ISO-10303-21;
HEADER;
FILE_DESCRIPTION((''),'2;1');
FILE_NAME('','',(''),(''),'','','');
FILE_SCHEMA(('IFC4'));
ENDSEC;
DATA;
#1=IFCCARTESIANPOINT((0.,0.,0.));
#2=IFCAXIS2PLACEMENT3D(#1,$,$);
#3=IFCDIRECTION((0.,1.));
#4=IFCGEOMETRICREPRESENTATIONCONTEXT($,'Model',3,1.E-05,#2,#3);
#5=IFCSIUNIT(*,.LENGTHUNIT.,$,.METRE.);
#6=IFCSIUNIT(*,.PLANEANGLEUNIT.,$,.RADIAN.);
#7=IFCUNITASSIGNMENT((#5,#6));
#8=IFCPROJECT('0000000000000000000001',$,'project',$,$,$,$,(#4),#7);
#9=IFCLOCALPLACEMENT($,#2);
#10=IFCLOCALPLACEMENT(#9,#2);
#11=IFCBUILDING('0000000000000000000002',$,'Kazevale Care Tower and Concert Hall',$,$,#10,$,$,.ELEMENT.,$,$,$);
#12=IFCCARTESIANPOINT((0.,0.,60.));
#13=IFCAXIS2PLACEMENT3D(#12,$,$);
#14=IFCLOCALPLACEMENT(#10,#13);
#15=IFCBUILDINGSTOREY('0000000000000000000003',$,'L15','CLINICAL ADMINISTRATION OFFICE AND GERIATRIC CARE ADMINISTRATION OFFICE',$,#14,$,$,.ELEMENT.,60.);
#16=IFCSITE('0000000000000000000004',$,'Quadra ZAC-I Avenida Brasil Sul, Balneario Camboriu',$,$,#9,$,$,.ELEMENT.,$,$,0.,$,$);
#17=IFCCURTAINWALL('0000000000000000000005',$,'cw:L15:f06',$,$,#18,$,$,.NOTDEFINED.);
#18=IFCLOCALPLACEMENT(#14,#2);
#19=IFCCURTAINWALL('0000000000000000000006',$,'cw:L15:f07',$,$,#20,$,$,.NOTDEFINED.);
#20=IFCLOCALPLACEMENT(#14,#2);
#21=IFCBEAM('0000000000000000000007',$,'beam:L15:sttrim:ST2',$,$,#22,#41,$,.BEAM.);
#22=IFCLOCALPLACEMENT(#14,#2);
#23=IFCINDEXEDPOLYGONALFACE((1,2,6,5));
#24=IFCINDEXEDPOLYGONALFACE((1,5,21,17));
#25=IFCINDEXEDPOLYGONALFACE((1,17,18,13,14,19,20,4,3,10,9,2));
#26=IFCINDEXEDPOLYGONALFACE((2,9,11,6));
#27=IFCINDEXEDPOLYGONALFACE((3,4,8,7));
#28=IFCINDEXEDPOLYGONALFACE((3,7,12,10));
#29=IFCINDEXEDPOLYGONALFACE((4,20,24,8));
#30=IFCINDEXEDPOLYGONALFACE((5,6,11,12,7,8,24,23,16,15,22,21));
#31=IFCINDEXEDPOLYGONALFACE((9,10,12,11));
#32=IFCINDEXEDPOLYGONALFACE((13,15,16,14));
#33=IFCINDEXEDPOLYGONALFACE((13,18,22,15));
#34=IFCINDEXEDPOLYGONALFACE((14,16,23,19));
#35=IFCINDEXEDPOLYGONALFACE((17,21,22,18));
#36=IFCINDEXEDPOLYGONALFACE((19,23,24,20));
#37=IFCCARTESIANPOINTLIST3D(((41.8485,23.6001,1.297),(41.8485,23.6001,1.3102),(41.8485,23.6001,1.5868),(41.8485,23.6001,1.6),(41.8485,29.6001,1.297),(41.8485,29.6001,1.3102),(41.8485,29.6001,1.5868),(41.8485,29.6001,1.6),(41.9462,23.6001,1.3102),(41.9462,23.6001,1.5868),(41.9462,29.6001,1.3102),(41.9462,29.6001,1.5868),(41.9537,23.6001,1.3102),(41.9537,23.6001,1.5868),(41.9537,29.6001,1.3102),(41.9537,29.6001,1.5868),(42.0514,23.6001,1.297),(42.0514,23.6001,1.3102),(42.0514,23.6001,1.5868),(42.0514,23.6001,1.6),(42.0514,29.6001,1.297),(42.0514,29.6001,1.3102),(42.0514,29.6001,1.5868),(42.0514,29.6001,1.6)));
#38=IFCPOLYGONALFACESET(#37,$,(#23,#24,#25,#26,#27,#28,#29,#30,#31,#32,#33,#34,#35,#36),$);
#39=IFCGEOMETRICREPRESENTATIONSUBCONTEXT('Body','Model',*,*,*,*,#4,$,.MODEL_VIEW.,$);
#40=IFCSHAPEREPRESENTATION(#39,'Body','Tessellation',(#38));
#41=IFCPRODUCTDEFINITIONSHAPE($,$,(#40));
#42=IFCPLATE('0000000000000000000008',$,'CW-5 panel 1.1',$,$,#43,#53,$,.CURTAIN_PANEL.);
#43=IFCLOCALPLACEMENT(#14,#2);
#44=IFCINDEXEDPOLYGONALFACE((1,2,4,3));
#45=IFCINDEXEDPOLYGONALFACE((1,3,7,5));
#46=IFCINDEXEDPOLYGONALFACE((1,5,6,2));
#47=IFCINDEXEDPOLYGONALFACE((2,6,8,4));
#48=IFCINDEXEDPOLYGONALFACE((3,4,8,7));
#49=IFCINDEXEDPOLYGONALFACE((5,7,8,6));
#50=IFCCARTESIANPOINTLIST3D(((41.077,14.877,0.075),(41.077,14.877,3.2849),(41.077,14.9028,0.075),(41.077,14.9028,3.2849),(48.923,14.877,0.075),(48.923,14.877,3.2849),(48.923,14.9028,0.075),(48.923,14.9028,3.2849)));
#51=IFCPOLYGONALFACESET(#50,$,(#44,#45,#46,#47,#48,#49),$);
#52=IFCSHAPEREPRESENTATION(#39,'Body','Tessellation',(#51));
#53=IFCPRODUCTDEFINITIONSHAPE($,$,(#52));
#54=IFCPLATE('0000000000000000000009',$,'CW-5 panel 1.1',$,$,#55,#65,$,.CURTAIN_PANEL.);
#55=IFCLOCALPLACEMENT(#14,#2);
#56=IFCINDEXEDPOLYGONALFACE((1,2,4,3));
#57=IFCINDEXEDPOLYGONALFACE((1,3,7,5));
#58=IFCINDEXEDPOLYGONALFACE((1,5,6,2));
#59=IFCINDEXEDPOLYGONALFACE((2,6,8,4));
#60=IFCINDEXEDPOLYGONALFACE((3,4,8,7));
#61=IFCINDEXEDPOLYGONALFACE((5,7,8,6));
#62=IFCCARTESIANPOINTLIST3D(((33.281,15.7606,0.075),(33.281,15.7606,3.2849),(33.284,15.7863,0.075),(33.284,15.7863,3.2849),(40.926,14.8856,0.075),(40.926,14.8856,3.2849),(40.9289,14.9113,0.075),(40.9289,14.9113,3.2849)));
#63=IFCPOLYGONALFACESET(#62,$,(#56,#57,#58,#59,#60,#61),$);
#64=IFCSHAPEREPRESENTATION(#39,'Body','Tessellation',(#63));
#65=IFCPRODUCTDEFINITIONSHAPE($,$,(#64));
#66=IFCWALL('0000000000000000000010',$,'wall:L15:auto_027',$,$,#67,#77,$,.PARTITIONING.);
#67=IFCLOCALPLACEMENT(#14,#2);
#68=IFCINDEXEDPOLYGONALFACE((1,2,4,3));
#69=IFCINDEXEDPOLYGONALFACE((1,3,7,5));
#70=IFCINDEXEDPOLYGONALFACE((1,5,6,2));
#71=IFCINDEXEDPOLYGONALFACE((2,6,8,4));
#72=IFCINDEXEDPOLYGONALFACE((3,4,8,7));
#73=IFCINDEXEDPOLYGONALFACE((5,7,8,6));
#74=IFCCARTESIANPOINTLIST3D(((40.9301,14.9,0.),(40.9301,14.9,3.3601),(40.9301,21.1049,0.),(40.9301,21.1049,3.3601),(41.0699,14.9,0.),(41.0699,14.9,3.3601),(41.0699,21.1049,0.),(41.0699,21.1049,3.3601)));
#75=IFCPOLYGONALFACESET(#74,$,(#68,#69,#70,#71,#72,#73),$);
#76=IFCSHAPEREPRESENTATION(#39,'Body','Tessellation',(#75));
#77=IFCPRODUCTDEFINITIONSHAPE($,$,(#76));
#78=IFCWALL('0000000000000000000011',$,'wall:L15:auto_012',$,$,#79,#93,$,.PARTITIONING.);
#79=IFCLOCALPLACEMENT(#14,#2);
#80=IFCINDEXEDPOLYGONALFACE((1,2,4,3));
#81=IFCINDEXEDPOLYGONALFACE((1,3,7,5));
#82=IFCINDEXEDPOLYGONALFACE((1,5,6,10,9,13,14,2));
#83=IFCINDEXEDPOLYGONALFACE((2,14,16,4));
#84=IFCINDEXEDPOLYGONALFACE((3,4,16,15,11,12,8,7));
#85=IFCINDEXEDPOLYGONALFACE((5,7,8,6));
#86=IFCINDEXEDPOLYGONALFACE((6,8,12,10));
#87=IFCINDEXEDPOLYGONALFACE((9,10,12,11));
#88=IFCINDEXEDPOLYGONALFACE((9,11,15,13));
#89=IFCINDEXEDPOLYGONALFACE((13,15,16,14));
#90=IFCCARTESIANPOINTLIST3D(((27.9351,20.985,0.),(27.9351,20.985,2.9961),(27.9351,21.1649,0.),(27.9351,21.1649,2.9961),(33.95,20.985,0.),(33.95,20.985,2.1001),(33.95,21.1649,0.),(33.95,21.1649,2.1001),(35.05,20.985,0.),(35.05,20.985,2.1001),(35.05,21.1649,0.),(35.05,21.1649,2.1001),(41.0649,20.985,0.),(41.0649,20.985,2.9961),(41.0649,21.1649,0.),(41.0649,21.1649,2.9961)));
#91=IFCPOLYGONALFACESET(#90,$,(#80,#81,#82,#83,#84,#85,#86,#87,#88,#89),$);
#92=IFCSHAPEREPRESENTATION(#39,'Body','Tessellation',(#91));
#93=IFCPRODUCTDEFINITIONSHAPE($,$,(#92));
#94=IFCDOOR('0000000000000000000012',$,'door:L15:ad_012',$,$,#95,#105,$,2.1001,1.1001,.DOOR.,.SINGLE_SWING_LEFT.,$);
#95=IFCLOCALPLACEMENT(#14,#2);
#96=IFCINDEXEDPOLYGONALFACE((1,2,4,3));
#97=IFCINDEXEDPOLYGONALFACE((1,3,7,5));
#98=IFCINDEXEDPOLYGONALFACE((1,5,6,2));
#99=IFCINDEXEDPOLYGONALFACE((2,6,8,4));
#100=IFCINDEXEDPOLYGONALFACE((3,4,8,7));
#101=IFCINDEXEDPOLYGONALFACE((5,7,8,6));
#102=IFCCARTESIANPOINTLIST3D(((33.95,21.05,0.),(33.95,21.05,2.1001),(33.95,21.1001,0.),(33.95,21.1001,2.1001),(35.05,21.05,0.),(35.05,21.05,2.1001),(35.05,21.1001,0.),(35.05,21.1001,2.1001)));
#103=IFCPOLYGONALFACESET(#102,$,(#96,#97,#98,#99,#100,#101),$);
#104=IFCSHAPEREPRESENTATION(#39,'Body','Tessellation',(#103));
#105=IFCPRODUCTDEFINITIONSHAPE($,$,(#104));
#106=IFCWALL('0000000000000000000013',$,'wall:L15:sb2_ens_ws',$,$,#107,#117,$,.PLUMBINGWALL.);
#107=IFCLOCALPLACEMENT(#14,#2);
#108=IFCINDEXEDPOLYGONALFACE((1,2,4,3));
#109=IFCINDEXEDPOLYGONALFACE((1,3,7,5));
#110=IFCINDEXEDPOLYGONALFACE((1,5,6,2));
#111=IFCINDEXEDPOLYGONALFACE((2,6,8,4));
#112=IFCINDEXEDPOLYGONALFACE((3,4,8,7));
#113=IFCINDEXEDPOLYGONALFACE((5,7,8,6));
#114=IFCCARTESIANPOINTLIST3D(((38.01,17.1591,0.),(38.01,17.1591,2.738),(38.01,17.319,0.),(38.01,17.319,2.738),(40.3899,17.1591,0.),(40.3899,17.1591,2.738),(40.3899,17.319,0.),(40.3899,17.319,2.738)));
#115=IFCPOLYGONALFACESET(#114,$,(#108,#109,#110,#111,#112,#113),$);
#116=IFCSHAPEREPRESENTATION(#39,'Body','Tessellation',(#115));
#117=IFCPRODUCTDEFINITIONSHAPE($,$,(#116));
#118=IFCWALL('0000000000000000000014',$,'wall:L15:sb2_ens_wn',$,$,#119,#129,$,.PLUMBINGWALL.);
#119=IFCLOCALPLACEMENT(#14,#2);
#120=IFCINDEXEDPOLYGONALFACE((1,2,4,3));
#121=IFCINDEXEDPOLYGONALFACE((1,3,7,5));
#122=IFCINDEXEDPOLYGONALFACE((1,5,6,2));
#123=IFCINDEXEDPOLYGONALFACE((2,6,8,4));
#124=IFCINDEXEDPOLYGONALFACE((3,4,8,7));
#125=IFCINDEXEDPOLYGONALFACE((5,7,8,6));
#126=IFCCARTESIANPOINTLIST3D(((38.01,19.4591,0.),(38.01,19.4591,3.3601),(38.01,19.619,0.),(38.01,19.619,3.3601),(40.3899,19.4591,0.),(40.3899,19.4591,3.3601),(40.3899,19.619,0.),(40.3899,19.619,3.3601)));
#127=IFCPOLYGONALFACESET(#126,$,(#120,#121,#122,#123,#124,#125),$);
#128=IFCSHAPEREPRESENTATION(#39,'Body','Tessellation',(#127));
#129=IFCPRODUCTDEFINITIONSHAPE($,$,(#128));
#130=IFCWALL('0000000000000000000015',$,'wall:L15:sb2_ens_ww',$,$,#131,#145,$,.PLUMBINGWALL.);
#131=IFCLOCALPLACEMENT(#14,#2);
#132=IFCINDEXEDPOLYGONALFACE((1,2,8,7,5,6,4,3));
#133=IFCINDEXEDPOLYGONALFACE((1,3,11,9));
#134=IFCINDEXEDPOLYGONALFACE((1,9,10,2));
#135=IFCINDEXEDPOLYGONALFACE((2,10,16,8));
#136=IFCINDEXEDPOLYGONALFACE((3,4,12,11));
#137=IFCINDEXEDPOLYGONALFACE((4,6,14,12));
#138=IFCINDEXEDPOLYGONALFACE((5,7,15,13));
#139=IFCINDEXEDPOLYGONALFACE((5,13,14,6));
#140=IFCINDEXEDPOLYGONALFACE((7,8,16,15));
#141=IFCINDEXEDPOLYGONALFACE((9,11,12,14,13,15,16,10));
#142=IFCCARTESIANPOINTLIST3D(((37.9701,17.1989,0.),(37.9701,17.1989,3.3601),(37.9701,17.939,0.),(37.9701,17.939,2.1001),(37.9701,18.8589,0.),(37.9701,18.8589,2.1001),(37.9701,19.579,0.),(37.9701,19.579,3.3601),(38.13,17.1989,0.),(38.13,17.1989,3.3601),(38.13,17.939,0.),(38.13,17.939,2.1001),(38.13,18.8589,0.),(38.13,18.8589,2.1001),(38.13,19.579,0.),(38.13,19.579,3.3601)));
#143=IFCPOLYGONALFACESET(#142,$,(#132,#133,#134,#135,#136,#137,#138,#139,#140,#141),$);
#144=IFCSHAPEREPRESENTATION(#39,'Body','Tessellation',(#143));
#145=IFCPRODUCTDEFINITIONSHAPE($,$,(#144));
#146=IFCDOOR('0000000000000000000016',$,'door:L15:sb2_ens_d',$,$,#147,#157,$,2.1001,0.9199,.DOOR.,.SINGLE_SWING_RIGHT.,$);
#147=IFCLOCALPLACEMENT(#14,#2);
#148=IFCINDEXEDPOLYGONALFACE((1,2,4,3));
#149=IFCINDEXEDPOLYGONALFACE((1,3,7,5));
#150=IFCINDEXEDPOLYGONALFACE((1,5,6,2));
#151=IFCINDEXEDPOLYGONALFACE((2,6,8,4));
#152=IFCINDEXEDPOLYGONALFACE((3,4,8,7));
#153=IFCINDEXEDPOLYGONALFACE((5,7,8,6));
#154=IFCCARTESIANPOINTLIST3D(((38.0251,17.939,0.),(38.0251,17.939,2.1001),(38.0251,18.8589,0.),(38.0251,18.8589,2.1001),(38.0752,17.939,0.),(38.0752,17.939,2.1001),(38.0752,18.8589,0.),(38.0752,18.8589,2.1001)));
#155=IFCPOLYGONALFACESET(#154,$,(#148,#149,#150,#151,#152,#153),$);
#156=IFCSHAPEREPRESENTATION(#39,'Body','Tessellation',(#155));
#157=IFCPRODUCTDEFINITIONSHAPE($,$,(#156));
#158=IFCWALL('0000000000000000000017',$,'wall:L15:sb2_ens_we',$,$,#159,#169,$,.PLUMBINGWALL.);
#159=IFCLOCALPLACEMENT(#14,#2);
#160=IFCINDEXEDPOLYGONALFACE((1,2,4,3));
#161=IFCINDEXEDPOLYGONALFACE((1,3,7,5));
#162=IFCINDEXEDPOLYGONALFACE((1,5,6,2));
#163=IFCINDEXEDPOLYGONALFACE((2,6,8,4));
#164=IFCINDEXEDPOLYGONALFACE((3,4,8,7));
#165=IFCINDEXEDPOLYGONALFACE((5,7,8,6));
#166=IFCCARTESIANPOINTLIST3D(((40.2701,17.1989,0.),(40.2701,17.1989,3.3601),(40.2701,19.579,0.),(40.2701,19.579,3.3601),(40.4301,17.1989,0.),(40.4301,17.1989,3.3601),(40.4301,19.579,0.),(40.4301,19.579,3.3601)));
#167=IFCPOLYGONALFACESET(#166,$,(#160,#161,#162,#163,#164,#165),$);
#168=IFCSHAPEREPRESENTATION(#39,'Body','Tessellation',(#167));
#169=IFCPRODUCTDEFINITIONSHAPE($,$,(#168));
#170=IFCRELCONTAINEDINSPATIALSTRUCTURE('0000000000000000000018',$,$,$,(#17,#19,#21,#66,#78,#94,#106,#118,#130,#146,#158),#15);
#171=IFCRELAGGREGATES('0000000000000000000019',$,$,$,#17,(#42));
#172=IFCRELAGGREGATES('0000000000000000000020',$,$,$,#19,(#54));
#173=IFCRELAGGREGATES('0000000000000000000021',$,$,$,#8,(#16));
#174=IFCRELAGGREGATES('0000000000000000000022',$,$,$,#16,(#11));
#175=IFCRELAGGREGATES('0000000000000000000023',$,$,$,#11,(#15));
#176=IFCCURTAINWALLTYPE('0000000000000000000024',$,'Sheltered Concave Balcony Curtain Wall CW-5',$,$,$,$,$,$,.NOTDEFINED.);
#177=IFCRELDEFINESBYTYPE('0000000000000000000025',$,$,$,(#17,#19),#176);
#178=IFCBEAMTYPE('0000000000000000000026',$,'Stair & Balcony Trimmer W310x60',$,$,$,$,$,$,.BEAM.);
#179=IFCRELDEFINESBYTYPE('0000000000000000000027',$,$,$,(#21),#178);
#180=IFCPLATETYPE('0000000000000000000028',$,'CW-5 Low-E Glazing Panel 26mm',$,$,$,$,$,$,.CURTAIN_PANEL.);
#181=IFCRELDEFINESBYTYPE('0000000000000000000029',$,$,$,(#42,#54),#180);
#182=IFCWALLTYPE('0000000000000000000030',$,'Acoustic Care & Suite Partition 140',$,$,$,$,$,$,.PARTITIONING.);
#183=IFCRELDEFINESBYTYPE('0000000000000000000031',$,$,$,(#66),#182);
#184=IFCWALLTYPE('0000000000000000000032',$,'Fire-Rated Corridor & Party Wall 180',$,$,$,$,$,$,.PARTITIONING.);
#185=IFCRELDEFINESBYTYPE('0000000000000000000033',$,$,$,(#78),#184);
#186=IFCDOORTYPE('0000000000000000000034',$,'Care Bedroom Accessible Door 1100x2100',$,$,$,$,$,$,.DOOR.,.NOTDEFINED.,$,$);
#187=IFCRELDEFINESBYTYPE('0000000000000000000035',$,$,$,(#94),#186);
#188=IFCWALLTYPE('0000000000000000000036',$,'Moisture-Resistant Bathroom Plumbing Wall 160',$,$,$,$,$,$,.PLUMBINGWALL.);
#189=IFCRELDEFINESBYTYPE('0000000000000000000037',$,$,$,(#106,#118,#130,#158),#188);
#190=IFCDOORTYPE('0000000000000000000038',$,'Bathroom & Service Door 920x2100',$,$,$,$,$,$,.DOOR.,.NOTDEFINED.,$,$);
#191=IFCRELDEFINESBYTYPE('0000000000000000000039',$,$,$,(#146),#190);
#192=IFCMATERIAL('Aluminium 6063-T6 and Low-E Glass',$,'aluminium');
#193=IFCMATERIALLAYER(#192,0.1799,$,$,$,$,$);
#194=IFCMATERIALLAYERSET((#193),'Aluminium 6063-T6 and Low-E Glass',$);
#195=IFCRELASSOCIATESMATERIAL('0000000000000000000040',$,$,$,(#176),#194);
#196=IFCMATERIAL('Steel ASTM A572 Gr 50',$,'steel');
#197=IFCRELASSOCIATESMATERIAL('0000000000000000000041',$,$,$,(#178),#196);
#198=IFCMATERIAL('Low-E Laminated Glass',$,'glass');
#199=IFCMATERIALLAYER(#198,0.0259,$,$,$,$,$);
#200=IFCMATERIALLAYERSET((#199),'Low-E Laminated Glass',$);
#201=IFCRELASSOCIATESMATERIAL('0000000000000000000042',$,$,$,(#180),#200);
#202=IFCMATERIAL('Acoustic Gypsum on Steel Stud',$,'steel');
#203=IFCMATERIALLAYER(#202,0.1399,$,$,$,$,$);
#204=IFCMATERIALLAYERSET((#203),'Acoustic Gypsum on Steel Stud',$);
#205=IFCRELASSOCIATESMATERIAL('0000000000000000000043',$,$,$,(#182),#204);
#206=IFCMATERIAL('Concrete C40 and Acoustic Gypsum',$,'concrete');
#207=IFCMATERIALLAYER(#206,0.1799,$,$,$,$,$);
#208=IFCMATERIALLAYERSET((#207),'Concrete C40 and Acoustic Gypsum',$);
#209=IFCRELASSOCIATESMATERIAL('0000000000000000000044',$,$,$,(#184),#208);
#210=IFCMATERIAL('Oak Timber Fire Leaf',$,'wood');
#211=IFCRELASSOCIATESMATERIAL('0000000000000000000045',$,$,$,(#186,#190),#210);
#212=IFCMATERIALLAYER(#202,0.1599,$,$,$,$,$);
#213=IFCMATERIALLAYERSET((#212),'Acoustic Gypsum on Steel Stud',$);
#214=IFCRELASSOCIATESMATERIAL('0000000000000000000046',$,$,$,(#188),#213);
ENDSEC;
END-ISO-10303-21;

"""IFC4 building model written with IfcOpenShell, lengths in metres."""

from ifc_helpers import new_model, si_unit, direction, frame, frame_2d, origin, origin_2d, place, context, subcontext, project, spatial, rectangle, i_section, extrude, material, layer, layer_set, material_profile, profile_set, type_object, element, fill, aggregate, save


model = new_model("IFC4")

# Units and contexts
model_context = context("Model", 3, precision=1e-05, world=origin(), true_north=direction((0.0, 1.0)))
body_context = subcontext(model_context, "Body", "Model", "MODEL_VIEW")
ifc_project = project(units=[si_unit("LENGTHUNIT", "METRE"), si_unit("PLANEANGLEUNIT", "RADIAN")], contexts=[model_context])

# Site, building, storey
site_placement = place(None, origin())
site = spatial("IfcSite", under=ifc_project, at=site_placement, Name="Quadra ZAC-I Avenida Brasil Sul, Balneario Camboriu", CompositionType="ELEMENT", RefElevation=0.0)
building_placement = place(site_placement, origin())
building = spatial("IfcBuilding", under=site, at=building_placement, Name="Kazevale Care Tower and Concert Hall", CompositionType="ELEMENT")
storey_placement = place(building_placement, frame((0.0, 0.0, 60.0)))
storey = spatial("IfcBuildingStorey", under=building, at=storey_placement, Name="L15", Description="CLINICAL ADMINISTRATION OFFICE AND GERIATRIC CARE ADMINISTRATION OFFICE", CompositionType="ELEMENT", Elevation=60.0)

# Curtain wall
ifc_material_1 = material(Name="Aluminium 6063-T6 and Low-E Glass", Category="aluminium")
ifc_layer_1 = layer(ifc_material_1, 0.1799)
ifc_layer_set_1 = layer_set([ifc_layer_1], Name="Aluminium 6063-T6 and Low-E Glass")
curtain_wall_type = type_object("IfcCurtainWallType", Name="Sheltered Concave Balcony Curtain Wall CW-5", PredefinedType="NOTDEFINED", material=ifc_layer_set_1)
curtain_wall_1_placement = place(storey_placement, origin())
curtain_wall_1 = element("IfcCurtainWall", 1, at=curtain_wall_1_placement, inside=storey, type_object=curtain_wall_type, Name="cw:L15:f06", PredefinedType="NOTDEFINED")

# Curtain wall
curtain_wall_2_placement = place(storey_placement, origin())
curtain_wall_2 = element("IfcCurtainWall", 2, at=curtain_wall_2_placement, inside=storey, type_object=curtain_wall_type, Name="cw:L15:f07", PredefinedType="NOTDEFINED")

# Beam
ifc_material_2 = material(Name="Steel ASTM A572 Gr 50", Category="steel")
ifc_material_profile_1 = material_profile(ifc_material_2, i_section(OverallWidth=0.2029, OverallDepth=0.303, WebThickness=0.0076, FlangeThickness=0.0132, at=origin_2d()), Name="W310x60")
ifc_profile_set_1 = profile_set([ifc_material_profile_1], Name="Steel ASTM A572 Gr 50")
beam_type_1 = type_object("IfcBeamType", Name="Stair & Balcony Trimmer W310x60", PredefinedType="BEAM", material=ifc_profile_set_1)
beam_1_placement = place(storey_placement, frame((41.95, 23.6001, 1.4485), z_axis=(0.0, 1.0, 0.0), x_axis=(-1.0, 0.0, 0.0)))
element("IfcBeam", 3, at=beam_1_placement, inside=storey, type_object=beam_type_1, Name="beam:L15:sttrim:ST2", PredefinedType="BEAM", context=body_context, shape_type="SweptSolid", body=[
    extrude(i_section(OverallWidth=0.2029, OverallDepth=0.303, WebThickness=0.0076, FlangeThickness=0.0132, at=origin_2d()), origin(), (0.0, 0.0, 1.0), 6.0),
])

# Plates
ifc_material_3 = material(Name="Low-E Laminated Glass", Category="glass")
ifc_layer_2 = layer(ifc_material_3, 0.0259)
ifc_layer_set_2 = layer_set([ifc_layer_2], Name="Low-E Laminated Glass")
plate_type = type_object("IfcPlateType", Name="CW-5 Low-E Glazing Panel 26mm", PredefinedType="CURTAIN_PANEL", material=ifc_layer_set_2)
plate_1_placement = place(storey_placement, frame((45.0, 14.8899, 0.075), z_axis=(0.0, 0.0, 1.0), x_axis=(-1.0, 0.0, 0.0)))
plate_1 = element("IfcPlate", 4, at=plate_1_placement, type_object=plate_type, Name="CW-5 panel 1.1", PredefinedType="CURTAIN_PANEL", context=body_context, shape_type="SweptSolid", body=[
    extrude(rectangle(XDim=7.8459, YDim=0.0259, at=origin_2d()), origin(), (0.0, 0.0, 1.0), 3.21),
])
aggregate(curtain_wall_1, [plate_1])
plate_2_placement = place(storey_placement, frame((37.105, 15.3359, 0.075), z_axis=(0.0, 0.0, 1.0), x_axis=(-0.993515, 0.113705, 0.0)))
plate_2 = element("IfcPlate", 5, at=plate_2_placement, type_object=plate_type, Name="CW-5 panel 1.1", PredefinedType="CURTAIN_PANEL", context=body_context, shape_type="SweptSolid", body=[
    extrude(rectangle(XDim=7.6948, YDim=0.0259, at=origin_2d()), origin(), (0.0, 0.0, 1.0), 3.21),
])
aggregate(curtain_wall_2, [plate_2])

# Wall
ifc_material_4 = material(Name="Acoustic Gypsum on Steel Stud", Category="steel")
ifc_layer_3 = layer(ifc_material_4, 0.1399)
ifc_layer_set_3 = layer_set([ifc_layer_3], Name="Acoustic Gypsum on Steel Stud")
wall_type_1 = type_object("IfcWallType", Name="Acoustic Care & Suite Partition 140", PredefinedType="PARTITIONING", material=ifc_layer_set_3)
wall_1_placement = place(storey_placement, frame((41.0, 21.105, 0.0), z_axis=(0.0, 0.0, 1.0), x_axis=(0.0, -1.0, 0.0)))
element("IfcWall", 6, at=wall_1_placement, inside=storey, type_object=wall_type_1, Name="wall:L15:auto_027", PredefinedType="PARTITIONING", context=body_context, shape_type="SweptSolid", body=[
    extrude(rectangle(XDim=6.2048, YDim=0.1399, at=frame_2d((3.1025, 0.0))), origin(), (0.0, 0.0, 1.0), 3.3601),
])

# Wall, opening, door
ifc_material_5 = material(Name="Concrete C40 and Acoustic Gypsum", Category="concrete")
ifc_layer_4 = layer(ifc_material_5, 0.1799)
ifc_layer_set_4 = layer_set([ifc_layer_4], Name="Concrete C40 and Acoustic Gypsum")
wall_type_2 = type_object("IfcWallType", Name="Fire-Rated Corridor & Party Wall 180", PredefinedType="PARTITIONING", material=ifc_layer_set_4)
wall_2_placement = place(storey_placement, frame((41.0649, 21.075, 0.0), z_axis=(0.0, 0.0, 1.0), x_axis=(-1.0, 0.0, 0.0)))
wall_2 = element("IfcWall", 7, at=wall_2_placement, inside=storey, type_object=wall_type_2, Name="wall:L15:auto_012", PredefinedType="PARTITIONING", context=body_context, shape_type="SweptSolid", body=[
    extrude(rectangle(XDim=13.1299, YDim=0.1799, at=frame_2d((6.5649, 0.0))), origin(), (0.0, 0.0, 1.0), 2.9961),
])
opening_1_placement = place(wall_2_placement, frame((6.0149, 0.0, 0.0)))
opening_1 = element("IfcOpeningElement", 8, at=opening_1_placement, cuts=wall_2, PredefinedType="OPENING", context=body_context, shape_type="SweptSolid", body=[
    extrude(rectangle(XDim=1.1001, YDim=2.1001, at=frame_2d((0.55, 1.05))), frame((0.0, 0.0999, 0.0), z_axis=(0.0, -1.0, 0.0), x_axis=(1.0, 0.0, 0.0)), (0.0, 0.0, 1.0), 0.2),
])
ifc_material_6 = material(Name="Oak Timber Fire Leaf", Category="wood")
door_type_1 = type_object("IfcDoorType", Name="Care Bedroom Accessible Door 1100x2100", OperationType="NOTDEFINED", PredefinedType="DOOR", material=ifc_material_6)
door_1_placement = place(opening_1_placement, origin())
door_1 = element("IfcDoor", 9, at=door_1_placement, inside=storey, type_object=door_type_1, Name="door:L15:ad_012", OperationType="SINGLE_SWING_LEFT", OverallHeight=2.1001, OverallWidth=1.1001, PredefinedType="DOOR", context=body_context, shape_type="SweptSolid", body=[
    extrude(rectangle(XDim=1.1001, YDim=2.1001, at=frame_2d((0.55, 1.05))), frame((0.0, 0.0249, 0.0), z_axis=(0.0, -1.0, 0.0), x_axis=(1.0, 0.0, 0.0)), (0.0, 0.0, 1.0), 0.05),
])
fill(opening_1, door_1)

# Walls
ifc_layer_5 = layer(ifc_material_4, 0.1599)
ifc_layer_set_5 = layer_set([ifc_layer_5], Name="Acoustic Gypsum on Steel Stud")
wall_type_3 = type_object("IfcWallType", Name="Moisture-Resistant Bathroom Plumbing Wall 160", PredefinedType="PLUMBINGWALL", material=ifc_layer_set_5)
wall_3_placement = place(storey_placement, frame((38.01, 17.239, 0.0), z_axis=(0.0, 0.0, 1.0), x_axis=(1.0, 0.0, 0.0)))
element("IfcWall", 10, at=wall_3_placement, inside=storey, type_object=wall_type_3, Name="wall:L15:sb2_ens_ws", PredefinedType="PLUMBINGWALL", context=body_context, shape_type="SweptSolid", body=[
    extrude(rectangle(XDim=2.3799, YDim=0.1599, at=frame_2d((1.1899, 0.0))), origin(), (0.0, 0.0, 1.0), 2.738),
])
wall_4_placement = place(storey_placement, frame((38.01, 19.5391, 0.0), z_axis=(0.0, 0.0, 1.0), x_axis=(1.0, 0.0, 0.0)))
element("IfcWall", 11, at=wall_4_placement, inside=storey, type_object=wall_type_3, Name="wall:L15:sb2_ens_wn", PredefinedType="PLUMBINGWALL", context=body_context, shape_type="SweptSolid", body=[
    extrude(rectangle(XDim=2.3799, YDim=0.1599, at=frame_2d((1.1899, 0.0))), origin(), (0.0, 0.0, 1.0), 3.3601),
])

# Wall, opening, door
wall_5_placement = place(storey_placement, frame((38.05, 17.199, 0.0), z_axis=(0.0, 0.0, 1.0), x_axis=(0.0, 1.0, 0.0)))
wall_5 = element("IfcWall", 12, at=wall_5_placement, inside=storey, type_object=wall_type_3, Name="wall:L15:sb2_ens_ww", PredefinedType="PLUMBINGWALL", context=body_context, shape_type="SweptSolid", body=[
    extrude(rectangle(XDim=2.3801, YDim=0.1599, at=frame_2d((1.1899, 0.0))), origin(), (0.0, 0.0, 1.0), 3.3601),
])
opening_2_placement = place(wall_5_placement, frame((0.74, 0.0, 0.0)))
opening_2 = element("IfcOpeningElement", 13, at=opening_2_placement, cuts=wall_5, PredefinedType="OPENING", context=body_context, shape_type="SweptSolid", body=[
    extrude(rectangle(XDim=0.9199, YDim=2.1001, at=frame_2d((0.46, 1.05))), frame((0.0, 0.0898, 0.0), z_axis=(0.0, -1.0, 0.0), x_axis=(1.0, 0.0, 0.0)), (0.0, 0.0, 1.0), 0.1799),
])
door_type_2 = type_object("IfcDoorType", Name="Bathroom & Service Door 920x2100", OperationType="NOTDEFINED", PredefinedType="DOOR", material=ifc_material_6)
door_2_placement = place(opening_2_placement, origin())
door_2 = element("IfcDoor", 14, at=door_2_placement, inside=storey, type_object=door_type_2, Name="door:L15:sb2_ens_d", OperationType="SINGLE_SWING_RIGHT", OverallHeight=2.1001, OverallWidth=0.9199, PredefinedType="DOOR", context=body_context, shape_type="SweptSolid", body=[
    extrude(rectangle(XDim=0.9199, YDim=2.1001, at=frame_2d((0.46, 1.05))), frame((0.0, 0.0249, 0.0), z_axis=(0.0, -1.0, 0.0), x_axis=(1.0, 0.0, 0.0)), (0.0, 0.0, 1.0), 0.05),
])
fill(opening_2, door_2)

# Wall
wall_6_placement = place(storey_placement, frame((40.3501, 17.199, 0.0), z_axis=(0.0, 0.0, 1.0), x_axis=(0.0, 1.0, 0.0)))
element("IfcWall", 15, at=wall_6_placement, inside=storey, type_object=wall_type_3, Name="wall:L15:sb2_ens_we", PredefinedType="PLUMBINGWALL", context=body_context, shape_type="SweptSolid", body=[
    extrude(rectangle(XDim=2.3801, YDim=0.1599, at=frame_2d((1.1899, 0.0))), origin(), (0.0, 0.0, 1.0), 3.3601),
])

save(model, "model.ifc")
